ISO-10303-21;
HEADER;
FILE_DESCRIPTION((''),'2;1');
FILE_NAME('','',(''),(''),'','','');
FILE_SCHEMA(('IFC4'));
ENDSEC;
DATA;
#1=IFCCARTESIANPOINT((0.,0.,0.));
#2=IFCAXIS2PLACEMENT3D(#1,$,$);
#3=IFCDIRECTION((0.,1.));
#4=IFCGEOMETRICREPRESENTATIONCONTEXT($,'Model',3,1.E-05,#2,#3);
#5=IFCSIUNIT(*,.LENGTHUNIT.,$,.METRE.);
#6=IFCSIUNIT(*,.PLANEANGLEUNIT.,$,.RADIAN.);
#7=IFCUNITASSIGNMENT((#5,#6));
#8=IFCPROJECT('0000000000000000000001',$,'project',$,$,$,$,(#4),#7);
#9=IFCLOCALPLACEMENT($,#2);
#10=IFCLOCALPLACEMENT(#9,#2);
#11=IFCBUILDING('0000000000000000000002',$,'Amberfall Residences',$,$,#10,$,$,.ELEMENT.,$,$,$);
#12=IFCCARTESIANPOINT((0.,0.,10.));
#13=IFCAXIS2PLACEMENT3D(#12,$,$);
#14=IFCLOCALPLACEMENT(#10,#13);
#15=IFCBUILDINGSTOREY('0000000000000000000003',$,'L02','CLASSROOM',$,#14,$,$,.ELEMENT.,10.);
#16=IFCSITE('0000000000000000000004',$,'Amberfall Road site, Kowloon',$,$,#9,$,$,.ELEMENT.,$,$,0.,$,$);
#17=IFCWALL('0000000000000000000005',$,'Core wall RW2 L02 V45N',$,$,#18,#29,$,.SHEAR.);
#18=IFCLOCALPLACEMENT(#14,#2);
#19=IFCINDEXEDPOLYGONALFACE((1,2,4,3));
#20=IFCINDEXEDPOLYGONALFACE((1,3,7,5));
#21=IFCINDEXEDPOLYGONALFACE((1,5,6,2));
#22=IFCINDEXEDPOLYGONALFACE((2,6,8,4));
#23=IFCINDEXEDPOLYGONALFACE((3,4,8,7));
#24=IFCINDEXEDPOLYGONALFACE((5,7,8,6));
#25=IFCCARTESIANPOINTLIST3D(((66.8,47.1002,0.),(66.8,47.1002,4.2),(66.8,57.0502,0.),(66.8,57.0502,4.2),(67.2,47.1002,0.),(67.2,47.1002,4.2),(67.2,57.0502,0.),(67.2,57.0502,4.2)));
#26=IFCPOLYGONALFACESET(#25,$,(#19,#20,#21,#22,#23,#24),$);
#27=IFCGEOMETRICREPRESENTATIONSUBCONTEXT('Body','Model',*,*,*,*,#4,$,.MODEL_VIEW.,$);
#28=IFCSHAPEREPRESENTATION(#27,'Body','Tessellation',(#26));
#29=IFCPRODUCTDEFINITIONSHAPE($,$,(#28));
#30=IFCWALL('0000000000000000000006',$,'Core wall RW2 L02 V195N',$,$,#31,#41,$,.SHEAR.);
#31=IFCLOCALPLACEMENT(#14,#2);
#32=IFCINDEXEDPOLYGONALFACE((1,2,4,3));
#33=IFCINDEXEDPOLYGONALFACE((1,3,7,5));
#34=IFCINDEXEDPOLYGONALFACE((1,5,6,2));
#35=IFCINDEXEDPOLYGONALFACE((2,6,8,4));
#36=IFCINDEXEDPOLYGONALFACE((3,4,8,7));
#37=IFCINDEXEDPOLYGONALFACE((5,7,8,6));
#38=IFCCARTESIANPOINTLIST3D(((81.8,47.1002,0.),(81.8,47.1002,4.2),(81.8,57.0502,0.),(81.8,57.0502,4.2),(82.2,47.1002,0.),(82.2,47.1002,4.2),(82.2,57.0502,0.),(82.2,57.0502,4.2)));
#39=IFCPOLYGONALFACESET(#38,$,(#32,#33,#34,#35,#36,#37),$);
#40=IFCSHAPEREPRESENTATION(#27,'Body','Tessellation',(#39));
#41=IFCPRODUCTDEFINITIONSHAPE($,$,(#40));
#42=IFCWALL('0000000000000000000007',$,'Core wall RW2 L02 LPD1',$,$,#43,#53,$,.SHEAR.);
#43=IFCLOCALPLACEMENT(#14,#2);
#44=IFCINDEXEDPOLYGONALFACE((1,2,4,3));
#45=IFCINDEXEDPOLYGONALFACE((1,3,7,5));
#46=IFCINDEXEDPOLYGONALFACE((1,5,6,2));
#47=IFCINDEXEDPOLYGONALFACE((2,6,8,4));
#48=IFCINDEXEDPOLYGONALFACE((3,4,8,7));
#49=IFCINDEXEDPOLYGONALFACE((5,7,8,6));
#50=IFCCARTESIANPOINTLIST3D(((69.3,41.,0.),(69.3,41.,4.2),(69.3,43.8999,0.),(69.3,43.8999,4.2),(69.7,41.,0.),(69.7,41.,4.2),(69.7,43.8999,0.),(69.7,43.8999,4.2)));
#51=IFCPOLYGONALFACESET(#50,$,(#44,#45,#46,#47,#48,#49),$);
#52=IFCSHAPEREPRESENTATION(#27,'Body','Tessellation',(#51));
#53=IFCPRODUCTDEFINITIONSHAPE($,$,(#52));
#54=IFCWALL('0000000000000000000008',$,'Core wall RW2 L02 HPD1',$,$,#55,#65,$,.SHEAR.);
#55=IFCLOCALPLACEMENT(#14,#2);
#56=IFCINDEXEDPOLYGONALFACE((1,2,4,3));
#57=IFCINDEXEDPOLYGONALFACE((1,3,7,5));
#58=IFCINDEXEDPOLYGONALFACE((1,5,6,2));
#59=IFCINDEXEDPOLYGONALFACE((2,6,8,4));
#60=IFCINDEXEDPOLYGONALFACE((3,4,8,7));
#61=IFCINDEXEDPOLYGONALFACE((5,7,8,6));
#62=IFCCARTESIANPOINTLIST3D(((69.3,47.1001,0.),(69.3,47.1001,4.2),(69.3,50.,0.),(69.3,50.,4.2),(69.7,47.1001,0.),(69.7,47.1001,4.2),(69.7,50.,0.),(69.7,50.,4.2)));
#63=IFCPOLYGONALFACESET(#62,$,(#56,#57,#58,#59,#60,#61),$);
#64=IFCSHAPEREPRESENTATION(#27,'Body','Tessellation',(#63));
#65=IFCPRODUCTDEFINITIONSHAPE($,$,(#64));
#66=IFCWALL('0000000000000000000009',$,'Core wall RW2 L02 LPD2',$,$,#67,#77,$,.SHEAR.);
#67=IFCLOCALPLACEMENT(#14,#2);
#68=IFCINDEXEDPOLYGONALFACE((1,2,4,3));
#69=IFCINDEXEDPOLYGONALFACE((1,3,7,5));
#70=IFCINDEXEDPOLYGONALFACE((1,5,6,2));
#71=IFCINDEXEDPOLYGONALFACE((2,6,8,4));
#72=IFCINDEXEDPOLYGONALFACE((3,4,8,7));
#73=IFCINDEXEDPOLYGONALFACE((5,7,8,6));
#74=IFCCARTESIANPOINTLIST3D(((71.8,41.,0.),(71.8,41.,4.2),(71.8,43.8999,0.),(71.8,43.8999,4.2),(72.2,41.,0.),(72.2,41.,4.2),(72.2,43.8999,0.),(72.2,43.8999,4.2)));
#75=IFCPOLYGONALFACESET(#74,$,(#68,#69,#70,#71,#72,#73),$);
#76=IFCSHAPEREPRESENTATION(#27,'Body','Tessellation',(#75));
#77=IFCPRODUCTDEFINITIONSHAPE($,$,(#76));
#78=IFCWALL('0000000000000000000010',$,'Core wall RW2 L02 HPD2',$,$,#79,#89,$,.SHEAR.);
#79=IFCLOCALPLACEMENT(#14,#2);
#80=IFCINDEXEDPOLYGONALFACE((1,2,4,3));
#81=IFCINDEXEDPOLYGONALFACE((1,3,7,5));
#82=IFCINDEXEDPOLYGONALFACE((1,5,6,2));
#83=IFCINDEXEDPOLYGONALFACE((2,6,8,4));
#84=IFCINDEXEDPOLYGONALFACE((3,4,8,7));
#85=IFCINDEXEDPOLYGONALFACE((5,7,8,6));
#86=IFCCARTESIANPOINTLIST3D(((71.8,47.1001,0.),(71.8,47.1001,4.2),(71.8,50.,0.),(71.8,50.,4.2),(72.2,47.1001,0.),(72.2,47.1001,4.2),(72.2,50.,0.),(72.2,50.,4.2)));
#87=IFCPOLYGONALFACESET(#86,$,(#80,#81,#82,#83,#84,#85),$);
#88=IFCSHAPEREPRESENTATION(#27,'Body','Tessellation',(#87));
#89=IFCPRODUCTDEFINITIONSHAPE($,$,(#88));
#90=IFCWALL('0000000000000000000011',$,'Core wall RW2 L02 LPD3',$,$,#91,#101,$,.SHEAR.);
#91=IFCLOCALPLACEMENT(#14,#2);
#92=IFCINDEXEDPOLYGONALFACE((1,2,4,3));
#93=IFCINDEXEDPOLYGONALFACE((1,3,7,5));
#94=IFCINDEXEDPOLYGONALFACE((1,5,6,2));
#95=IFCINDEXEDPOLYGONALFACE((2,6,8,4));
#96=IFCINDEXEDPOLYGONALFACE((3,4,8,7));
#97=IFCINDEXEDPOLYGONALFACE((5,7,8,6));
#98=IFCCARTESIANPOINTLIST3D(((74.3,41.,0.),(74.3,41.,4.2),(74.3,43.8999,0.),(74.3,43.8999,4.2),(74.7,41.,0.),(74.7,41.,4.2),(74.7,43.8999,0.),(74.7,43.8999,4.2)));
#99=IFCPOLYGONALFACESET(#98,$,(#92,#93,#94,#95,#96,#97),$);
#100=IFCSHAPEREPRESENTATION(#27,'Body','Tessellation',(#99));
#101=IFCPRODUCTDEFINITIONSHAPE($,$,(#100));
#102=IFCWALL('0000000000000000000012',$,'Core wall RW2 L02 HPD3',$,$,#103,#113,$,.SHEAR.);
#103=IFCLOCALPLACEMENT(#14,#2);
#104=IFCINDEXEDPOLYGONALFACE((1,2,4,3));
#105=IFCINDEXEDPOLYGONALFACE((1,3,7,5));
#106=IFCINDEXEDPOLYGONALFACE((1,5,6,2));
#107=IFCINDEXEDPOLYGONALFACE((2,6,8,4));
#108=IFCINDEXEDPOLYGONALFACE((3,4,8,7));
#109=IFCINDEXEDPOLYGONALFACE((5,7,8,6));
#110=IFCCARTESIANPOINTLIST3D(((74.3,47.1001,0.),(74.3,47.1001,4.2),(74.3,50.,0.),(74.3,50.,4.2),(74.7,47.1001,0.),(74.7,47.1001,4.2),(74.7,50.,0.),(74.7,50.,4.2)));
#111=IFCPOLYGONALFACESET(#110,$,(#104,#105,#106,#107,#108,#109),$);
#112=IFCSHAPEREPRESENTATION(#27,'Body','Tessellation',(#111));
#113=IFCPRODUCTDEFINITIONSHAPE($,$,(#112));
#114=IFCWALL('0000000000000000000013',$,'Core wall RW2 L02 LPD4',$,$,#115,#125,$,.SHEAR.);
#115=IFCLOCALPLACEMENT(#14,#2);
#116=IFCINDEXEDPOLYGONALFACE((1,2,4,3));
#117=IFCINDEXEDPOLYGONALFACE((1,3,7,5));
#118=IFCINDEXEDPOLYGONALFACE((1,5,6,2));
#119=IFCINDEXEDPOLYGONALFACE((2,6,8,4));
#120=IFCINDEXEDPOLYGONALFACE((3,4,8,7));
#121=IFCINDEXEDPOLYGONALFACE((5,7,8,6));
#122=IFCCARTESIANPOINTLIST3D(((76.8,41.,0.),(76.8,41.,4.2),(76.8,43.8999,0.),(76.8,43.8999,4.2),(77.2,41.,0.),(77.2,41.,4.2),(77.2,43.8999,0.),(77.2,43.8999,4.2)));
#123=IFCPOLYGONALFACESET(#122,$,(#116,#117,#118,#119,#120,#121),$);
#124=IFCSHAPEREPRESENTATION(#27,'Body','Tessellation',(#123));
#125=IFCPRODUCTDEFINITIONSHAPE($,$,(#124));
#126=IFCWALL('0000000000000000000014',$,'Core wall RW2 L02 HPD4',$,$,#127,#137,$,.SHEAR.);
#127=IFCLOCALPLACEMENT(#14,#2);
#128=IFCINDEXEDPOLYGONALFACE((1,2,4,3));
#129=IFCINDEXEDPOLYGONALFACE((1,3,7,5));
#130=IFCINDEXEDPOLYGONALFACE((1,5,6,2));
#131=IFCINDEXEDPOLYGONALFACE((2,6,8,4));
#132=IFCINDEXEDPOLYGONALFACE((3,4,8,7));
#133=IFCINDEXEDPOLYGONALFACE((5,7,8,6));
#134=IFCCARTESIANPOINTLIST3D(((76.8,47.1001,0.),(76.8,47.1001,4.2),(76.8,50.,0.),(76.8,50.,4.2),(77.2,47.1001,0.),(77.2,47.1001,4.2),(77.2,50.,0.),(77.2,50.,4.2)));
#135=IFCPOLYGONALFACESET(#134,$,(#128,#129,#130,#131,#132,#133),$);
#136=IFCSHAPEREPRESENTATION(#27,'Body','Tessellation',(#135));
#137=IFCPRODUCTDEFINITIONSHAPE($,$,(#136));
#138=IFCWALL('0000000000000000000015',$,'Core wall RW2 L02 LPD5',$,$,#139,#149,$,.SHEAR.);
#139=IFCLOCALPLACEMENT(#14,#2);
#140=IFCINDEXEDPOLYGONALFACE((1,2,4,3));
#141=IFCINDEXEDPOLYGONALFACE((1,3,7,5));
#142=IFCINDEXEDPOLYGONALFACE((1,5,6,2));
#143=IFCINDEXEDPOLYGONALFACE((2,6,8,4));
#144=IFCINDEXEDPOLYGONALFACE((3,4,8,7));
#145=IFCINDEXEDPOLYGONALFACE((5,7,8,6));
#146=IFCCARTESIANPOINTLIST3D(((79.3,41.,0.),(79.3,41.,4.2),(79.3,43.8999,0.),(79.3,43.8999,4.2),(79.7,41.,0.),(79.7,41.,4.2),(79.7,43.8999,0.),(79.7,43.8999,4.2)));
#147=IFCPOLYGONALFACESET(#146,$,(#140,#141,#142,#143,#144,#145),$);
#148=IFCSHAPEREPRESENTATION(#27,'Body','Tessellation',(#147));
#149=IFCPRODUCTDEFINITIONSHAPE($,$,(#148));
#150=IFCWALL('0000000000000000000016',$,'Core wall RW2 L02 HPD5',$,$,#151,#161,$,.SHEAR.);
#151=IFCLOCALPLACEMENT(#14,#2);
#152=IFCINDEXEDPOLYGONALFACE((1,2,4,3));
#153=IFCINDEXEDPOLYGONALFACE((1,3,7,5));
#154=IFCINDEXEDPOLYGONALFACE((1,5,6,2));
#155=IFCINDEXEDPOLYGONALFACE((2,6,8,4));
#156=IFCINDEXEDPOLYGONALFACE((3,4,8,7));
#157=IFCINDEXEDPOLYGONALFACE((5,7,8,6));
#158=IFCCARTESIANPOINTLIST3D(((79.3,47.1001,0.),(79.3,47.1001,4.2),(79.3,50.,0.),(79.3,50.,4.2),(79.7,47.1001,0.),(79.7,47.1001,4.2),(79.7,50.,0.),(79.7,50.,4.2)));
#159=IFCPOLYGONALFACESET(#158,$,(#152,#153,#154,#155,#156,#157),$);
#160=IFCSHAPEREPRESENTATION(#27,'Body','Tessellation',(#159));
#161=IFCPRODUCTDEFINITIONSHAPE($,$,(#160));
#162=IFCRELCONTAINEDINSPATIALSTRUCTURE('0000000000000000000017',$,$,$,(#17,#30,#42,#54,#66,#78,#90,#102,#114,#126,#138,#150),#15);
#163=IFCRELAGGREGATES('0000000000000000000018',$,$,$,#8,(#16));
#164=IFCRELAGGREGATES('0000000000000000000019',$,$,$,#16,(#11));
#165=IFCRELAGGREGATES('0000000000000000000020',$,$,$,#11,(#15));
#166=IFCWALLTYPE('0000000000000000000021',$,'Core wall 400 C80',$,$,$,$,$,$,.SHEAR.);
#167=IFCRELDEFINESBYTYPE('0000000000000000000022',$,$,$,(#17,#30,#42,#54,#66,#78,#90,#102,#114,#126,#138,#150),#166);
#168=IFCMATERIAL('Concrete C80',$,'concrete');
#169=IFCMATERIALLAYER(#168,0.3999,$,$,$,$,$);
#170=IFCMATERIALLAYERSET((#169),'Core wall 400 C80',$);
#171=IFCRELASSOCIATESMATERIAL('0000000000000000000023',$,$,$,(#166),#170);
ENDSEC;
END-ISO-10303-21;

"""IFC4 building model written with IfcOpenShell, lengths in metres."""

from ifc_helpers import new_model, si_unit, direction, frame, frame_2d, origin, place, context, subcontext, project, spatial, rectangle, extrude, material, layer, layer_set, type_object, element, save


model = new_model("IFC4")

# Units and contexts
model_context = context("Model", 3, precision=1e-05, world=origin(), true_north=direction((0.0, 1.0)))
body_context = subcontext(model_context, "Body", "Model", "MODEL_VIEW")
ifc_project = project(units=[si_unit("LENGTHUNIT", "METRE"), si_unit("PLANEANGLEUNIT", "RADIAN")], contexts=[model_context])

# Site, building, storey
site_placement = place(None, origin())
site = spatial("IfcSite", under=ifc_project, at=site_placement, Name="Amberfall Road site, Kowloon", CompositionType="ELEMENT", RefElevation=0.0)
building_placement = place(site_placement, origin())
building = spatial("IfcBuilding", under=site, at=building_placement, Name="Amberfall Residences", CompositionType="ELEMENT")
storey_placement = place(building_placement, frame((0.0, 0.0, 10.0)))
storey = spatial("IfcBuildingStorey", under=building, at=storey_placement, Name="L02", Description="CLASSROOM", CompositionType="ELEMENT", Elevation=10.0)

# Walls
ifc_material_1 = material(Name="Concrete C80", Category="concrete")
ifc_layer_1 = layer(ifc_material_1, 0.3999)
ifc_layer_set_1 = layer_set([ifc_layer_1], Name="Core wall 400 C80")
wall_type_1 = type_object("IfcWallType", Name="Core wall 400 C80", PredefinedType="SHEAR", material=ifc_layer_set_1)
for number, where, z_axis, x_axis, name in (
    (1, (67.0, 47.1001, 0.0), (0.0, 0.0, 1.0), (0.0, 1.0, 0.0), "Core wall RW2 L02 V45N"),
    (2, (82.0, 47.1001, 0.0), (0.0, 0.0, 1.0), (0.0, 1.0, 0.0), "Core wall RW2 L02 V195N"),
):
    element("IfcWall", number, at=place(storey_placement, frame(where, z_axis=z_axis, x_axis=x_axis)), inside=storey, type_object=wall_type_1, Name=name, PredefinedType="SHEAR", context=body_context, shape_type="SweptSolid", body=[
        extrude(rectangle(XDim=9.95, YDim=0.3999, at=frame_2d((4.9751, 0.0))), origin(), (0.0, 0.0, 1.0), 4.2),
    ])
for number, where, z_axis, x_axis, name in (
    (3, (69.5, 41.0, 0.0), (0.0, 0.0, 1.0), (0.0, 1.0, 0.0), "Core wall RW2 L02 LPD1"),
    (4, (69.5, 47.1001, 0.0), (0.0, 0.0, 1.0), (0.0, 1.0, 0.0), "Core wall RW2 L02 HPD1"),
    (5, (72.0, 41.0, 0.0), (0.0, 0.0, 1.0), (0.0, 1.0, 0.0), "Core wall RW2 L02 LPD2"),
    (6, (72.0, 47.1001, 0.0), (0.0, 0.0, 1.0), (0.0, 1.0, 0.0), "Core wall RW2 L02 HPD2"),
    (7, (74.5, 41.0, 0.0), (0.0, 0.0, 1.0), (0.0, 1.0, 0.0), "Core wall RW2 L02 LPD3"),
    (8, (74.5, 47.1001, 0.0), (0.0, 0.0, 1.0), (0.0, 1.0, 0.0), "Core wall RW2 L02 HPD3"),
    (9, (77.0, 41.0, 0.0), (0.0, 0.0, 1.0), (0.0, 1.0, 0.0), "Core wall RW2 L02 LPD4"),
    (10, (77.0, 47.1001, 0.0), (0.0, 0.0, 1.0), (0.0, 1.0, 0.0), "Core wall RW2 L02 HPD4"),
    (11, (79.5, 41.0, 0.0), (0.0, 0.0, 1.0), (0.0, 1.0, 0.0), "Core wall RW2 L02 LPD5"),
    (12, (79.5, 47.1001, 0.0), (0.0, 0.0, 1.0), (0.0, 1.0, 0.0), "Core wall RW2 L02 HPD5"),
):
    element("IfcWall", number, at=place(storey_placement, frame(where, z_axis=z_axis, x_axis=x_axis)), inside=storey, type_object=wall_type_1, Name=name, PredefinedType="SHEAR", context=body_context, shape_type="SweptSolid", body=[
        extrude(rectangle(XDim=2.8999, YDim=0.3999, at=frame_2d((1.45, 0.0))), origin(), (0.0, 0.0, 1.0), 4.2),
    ])

save(model, "model.ifc")
